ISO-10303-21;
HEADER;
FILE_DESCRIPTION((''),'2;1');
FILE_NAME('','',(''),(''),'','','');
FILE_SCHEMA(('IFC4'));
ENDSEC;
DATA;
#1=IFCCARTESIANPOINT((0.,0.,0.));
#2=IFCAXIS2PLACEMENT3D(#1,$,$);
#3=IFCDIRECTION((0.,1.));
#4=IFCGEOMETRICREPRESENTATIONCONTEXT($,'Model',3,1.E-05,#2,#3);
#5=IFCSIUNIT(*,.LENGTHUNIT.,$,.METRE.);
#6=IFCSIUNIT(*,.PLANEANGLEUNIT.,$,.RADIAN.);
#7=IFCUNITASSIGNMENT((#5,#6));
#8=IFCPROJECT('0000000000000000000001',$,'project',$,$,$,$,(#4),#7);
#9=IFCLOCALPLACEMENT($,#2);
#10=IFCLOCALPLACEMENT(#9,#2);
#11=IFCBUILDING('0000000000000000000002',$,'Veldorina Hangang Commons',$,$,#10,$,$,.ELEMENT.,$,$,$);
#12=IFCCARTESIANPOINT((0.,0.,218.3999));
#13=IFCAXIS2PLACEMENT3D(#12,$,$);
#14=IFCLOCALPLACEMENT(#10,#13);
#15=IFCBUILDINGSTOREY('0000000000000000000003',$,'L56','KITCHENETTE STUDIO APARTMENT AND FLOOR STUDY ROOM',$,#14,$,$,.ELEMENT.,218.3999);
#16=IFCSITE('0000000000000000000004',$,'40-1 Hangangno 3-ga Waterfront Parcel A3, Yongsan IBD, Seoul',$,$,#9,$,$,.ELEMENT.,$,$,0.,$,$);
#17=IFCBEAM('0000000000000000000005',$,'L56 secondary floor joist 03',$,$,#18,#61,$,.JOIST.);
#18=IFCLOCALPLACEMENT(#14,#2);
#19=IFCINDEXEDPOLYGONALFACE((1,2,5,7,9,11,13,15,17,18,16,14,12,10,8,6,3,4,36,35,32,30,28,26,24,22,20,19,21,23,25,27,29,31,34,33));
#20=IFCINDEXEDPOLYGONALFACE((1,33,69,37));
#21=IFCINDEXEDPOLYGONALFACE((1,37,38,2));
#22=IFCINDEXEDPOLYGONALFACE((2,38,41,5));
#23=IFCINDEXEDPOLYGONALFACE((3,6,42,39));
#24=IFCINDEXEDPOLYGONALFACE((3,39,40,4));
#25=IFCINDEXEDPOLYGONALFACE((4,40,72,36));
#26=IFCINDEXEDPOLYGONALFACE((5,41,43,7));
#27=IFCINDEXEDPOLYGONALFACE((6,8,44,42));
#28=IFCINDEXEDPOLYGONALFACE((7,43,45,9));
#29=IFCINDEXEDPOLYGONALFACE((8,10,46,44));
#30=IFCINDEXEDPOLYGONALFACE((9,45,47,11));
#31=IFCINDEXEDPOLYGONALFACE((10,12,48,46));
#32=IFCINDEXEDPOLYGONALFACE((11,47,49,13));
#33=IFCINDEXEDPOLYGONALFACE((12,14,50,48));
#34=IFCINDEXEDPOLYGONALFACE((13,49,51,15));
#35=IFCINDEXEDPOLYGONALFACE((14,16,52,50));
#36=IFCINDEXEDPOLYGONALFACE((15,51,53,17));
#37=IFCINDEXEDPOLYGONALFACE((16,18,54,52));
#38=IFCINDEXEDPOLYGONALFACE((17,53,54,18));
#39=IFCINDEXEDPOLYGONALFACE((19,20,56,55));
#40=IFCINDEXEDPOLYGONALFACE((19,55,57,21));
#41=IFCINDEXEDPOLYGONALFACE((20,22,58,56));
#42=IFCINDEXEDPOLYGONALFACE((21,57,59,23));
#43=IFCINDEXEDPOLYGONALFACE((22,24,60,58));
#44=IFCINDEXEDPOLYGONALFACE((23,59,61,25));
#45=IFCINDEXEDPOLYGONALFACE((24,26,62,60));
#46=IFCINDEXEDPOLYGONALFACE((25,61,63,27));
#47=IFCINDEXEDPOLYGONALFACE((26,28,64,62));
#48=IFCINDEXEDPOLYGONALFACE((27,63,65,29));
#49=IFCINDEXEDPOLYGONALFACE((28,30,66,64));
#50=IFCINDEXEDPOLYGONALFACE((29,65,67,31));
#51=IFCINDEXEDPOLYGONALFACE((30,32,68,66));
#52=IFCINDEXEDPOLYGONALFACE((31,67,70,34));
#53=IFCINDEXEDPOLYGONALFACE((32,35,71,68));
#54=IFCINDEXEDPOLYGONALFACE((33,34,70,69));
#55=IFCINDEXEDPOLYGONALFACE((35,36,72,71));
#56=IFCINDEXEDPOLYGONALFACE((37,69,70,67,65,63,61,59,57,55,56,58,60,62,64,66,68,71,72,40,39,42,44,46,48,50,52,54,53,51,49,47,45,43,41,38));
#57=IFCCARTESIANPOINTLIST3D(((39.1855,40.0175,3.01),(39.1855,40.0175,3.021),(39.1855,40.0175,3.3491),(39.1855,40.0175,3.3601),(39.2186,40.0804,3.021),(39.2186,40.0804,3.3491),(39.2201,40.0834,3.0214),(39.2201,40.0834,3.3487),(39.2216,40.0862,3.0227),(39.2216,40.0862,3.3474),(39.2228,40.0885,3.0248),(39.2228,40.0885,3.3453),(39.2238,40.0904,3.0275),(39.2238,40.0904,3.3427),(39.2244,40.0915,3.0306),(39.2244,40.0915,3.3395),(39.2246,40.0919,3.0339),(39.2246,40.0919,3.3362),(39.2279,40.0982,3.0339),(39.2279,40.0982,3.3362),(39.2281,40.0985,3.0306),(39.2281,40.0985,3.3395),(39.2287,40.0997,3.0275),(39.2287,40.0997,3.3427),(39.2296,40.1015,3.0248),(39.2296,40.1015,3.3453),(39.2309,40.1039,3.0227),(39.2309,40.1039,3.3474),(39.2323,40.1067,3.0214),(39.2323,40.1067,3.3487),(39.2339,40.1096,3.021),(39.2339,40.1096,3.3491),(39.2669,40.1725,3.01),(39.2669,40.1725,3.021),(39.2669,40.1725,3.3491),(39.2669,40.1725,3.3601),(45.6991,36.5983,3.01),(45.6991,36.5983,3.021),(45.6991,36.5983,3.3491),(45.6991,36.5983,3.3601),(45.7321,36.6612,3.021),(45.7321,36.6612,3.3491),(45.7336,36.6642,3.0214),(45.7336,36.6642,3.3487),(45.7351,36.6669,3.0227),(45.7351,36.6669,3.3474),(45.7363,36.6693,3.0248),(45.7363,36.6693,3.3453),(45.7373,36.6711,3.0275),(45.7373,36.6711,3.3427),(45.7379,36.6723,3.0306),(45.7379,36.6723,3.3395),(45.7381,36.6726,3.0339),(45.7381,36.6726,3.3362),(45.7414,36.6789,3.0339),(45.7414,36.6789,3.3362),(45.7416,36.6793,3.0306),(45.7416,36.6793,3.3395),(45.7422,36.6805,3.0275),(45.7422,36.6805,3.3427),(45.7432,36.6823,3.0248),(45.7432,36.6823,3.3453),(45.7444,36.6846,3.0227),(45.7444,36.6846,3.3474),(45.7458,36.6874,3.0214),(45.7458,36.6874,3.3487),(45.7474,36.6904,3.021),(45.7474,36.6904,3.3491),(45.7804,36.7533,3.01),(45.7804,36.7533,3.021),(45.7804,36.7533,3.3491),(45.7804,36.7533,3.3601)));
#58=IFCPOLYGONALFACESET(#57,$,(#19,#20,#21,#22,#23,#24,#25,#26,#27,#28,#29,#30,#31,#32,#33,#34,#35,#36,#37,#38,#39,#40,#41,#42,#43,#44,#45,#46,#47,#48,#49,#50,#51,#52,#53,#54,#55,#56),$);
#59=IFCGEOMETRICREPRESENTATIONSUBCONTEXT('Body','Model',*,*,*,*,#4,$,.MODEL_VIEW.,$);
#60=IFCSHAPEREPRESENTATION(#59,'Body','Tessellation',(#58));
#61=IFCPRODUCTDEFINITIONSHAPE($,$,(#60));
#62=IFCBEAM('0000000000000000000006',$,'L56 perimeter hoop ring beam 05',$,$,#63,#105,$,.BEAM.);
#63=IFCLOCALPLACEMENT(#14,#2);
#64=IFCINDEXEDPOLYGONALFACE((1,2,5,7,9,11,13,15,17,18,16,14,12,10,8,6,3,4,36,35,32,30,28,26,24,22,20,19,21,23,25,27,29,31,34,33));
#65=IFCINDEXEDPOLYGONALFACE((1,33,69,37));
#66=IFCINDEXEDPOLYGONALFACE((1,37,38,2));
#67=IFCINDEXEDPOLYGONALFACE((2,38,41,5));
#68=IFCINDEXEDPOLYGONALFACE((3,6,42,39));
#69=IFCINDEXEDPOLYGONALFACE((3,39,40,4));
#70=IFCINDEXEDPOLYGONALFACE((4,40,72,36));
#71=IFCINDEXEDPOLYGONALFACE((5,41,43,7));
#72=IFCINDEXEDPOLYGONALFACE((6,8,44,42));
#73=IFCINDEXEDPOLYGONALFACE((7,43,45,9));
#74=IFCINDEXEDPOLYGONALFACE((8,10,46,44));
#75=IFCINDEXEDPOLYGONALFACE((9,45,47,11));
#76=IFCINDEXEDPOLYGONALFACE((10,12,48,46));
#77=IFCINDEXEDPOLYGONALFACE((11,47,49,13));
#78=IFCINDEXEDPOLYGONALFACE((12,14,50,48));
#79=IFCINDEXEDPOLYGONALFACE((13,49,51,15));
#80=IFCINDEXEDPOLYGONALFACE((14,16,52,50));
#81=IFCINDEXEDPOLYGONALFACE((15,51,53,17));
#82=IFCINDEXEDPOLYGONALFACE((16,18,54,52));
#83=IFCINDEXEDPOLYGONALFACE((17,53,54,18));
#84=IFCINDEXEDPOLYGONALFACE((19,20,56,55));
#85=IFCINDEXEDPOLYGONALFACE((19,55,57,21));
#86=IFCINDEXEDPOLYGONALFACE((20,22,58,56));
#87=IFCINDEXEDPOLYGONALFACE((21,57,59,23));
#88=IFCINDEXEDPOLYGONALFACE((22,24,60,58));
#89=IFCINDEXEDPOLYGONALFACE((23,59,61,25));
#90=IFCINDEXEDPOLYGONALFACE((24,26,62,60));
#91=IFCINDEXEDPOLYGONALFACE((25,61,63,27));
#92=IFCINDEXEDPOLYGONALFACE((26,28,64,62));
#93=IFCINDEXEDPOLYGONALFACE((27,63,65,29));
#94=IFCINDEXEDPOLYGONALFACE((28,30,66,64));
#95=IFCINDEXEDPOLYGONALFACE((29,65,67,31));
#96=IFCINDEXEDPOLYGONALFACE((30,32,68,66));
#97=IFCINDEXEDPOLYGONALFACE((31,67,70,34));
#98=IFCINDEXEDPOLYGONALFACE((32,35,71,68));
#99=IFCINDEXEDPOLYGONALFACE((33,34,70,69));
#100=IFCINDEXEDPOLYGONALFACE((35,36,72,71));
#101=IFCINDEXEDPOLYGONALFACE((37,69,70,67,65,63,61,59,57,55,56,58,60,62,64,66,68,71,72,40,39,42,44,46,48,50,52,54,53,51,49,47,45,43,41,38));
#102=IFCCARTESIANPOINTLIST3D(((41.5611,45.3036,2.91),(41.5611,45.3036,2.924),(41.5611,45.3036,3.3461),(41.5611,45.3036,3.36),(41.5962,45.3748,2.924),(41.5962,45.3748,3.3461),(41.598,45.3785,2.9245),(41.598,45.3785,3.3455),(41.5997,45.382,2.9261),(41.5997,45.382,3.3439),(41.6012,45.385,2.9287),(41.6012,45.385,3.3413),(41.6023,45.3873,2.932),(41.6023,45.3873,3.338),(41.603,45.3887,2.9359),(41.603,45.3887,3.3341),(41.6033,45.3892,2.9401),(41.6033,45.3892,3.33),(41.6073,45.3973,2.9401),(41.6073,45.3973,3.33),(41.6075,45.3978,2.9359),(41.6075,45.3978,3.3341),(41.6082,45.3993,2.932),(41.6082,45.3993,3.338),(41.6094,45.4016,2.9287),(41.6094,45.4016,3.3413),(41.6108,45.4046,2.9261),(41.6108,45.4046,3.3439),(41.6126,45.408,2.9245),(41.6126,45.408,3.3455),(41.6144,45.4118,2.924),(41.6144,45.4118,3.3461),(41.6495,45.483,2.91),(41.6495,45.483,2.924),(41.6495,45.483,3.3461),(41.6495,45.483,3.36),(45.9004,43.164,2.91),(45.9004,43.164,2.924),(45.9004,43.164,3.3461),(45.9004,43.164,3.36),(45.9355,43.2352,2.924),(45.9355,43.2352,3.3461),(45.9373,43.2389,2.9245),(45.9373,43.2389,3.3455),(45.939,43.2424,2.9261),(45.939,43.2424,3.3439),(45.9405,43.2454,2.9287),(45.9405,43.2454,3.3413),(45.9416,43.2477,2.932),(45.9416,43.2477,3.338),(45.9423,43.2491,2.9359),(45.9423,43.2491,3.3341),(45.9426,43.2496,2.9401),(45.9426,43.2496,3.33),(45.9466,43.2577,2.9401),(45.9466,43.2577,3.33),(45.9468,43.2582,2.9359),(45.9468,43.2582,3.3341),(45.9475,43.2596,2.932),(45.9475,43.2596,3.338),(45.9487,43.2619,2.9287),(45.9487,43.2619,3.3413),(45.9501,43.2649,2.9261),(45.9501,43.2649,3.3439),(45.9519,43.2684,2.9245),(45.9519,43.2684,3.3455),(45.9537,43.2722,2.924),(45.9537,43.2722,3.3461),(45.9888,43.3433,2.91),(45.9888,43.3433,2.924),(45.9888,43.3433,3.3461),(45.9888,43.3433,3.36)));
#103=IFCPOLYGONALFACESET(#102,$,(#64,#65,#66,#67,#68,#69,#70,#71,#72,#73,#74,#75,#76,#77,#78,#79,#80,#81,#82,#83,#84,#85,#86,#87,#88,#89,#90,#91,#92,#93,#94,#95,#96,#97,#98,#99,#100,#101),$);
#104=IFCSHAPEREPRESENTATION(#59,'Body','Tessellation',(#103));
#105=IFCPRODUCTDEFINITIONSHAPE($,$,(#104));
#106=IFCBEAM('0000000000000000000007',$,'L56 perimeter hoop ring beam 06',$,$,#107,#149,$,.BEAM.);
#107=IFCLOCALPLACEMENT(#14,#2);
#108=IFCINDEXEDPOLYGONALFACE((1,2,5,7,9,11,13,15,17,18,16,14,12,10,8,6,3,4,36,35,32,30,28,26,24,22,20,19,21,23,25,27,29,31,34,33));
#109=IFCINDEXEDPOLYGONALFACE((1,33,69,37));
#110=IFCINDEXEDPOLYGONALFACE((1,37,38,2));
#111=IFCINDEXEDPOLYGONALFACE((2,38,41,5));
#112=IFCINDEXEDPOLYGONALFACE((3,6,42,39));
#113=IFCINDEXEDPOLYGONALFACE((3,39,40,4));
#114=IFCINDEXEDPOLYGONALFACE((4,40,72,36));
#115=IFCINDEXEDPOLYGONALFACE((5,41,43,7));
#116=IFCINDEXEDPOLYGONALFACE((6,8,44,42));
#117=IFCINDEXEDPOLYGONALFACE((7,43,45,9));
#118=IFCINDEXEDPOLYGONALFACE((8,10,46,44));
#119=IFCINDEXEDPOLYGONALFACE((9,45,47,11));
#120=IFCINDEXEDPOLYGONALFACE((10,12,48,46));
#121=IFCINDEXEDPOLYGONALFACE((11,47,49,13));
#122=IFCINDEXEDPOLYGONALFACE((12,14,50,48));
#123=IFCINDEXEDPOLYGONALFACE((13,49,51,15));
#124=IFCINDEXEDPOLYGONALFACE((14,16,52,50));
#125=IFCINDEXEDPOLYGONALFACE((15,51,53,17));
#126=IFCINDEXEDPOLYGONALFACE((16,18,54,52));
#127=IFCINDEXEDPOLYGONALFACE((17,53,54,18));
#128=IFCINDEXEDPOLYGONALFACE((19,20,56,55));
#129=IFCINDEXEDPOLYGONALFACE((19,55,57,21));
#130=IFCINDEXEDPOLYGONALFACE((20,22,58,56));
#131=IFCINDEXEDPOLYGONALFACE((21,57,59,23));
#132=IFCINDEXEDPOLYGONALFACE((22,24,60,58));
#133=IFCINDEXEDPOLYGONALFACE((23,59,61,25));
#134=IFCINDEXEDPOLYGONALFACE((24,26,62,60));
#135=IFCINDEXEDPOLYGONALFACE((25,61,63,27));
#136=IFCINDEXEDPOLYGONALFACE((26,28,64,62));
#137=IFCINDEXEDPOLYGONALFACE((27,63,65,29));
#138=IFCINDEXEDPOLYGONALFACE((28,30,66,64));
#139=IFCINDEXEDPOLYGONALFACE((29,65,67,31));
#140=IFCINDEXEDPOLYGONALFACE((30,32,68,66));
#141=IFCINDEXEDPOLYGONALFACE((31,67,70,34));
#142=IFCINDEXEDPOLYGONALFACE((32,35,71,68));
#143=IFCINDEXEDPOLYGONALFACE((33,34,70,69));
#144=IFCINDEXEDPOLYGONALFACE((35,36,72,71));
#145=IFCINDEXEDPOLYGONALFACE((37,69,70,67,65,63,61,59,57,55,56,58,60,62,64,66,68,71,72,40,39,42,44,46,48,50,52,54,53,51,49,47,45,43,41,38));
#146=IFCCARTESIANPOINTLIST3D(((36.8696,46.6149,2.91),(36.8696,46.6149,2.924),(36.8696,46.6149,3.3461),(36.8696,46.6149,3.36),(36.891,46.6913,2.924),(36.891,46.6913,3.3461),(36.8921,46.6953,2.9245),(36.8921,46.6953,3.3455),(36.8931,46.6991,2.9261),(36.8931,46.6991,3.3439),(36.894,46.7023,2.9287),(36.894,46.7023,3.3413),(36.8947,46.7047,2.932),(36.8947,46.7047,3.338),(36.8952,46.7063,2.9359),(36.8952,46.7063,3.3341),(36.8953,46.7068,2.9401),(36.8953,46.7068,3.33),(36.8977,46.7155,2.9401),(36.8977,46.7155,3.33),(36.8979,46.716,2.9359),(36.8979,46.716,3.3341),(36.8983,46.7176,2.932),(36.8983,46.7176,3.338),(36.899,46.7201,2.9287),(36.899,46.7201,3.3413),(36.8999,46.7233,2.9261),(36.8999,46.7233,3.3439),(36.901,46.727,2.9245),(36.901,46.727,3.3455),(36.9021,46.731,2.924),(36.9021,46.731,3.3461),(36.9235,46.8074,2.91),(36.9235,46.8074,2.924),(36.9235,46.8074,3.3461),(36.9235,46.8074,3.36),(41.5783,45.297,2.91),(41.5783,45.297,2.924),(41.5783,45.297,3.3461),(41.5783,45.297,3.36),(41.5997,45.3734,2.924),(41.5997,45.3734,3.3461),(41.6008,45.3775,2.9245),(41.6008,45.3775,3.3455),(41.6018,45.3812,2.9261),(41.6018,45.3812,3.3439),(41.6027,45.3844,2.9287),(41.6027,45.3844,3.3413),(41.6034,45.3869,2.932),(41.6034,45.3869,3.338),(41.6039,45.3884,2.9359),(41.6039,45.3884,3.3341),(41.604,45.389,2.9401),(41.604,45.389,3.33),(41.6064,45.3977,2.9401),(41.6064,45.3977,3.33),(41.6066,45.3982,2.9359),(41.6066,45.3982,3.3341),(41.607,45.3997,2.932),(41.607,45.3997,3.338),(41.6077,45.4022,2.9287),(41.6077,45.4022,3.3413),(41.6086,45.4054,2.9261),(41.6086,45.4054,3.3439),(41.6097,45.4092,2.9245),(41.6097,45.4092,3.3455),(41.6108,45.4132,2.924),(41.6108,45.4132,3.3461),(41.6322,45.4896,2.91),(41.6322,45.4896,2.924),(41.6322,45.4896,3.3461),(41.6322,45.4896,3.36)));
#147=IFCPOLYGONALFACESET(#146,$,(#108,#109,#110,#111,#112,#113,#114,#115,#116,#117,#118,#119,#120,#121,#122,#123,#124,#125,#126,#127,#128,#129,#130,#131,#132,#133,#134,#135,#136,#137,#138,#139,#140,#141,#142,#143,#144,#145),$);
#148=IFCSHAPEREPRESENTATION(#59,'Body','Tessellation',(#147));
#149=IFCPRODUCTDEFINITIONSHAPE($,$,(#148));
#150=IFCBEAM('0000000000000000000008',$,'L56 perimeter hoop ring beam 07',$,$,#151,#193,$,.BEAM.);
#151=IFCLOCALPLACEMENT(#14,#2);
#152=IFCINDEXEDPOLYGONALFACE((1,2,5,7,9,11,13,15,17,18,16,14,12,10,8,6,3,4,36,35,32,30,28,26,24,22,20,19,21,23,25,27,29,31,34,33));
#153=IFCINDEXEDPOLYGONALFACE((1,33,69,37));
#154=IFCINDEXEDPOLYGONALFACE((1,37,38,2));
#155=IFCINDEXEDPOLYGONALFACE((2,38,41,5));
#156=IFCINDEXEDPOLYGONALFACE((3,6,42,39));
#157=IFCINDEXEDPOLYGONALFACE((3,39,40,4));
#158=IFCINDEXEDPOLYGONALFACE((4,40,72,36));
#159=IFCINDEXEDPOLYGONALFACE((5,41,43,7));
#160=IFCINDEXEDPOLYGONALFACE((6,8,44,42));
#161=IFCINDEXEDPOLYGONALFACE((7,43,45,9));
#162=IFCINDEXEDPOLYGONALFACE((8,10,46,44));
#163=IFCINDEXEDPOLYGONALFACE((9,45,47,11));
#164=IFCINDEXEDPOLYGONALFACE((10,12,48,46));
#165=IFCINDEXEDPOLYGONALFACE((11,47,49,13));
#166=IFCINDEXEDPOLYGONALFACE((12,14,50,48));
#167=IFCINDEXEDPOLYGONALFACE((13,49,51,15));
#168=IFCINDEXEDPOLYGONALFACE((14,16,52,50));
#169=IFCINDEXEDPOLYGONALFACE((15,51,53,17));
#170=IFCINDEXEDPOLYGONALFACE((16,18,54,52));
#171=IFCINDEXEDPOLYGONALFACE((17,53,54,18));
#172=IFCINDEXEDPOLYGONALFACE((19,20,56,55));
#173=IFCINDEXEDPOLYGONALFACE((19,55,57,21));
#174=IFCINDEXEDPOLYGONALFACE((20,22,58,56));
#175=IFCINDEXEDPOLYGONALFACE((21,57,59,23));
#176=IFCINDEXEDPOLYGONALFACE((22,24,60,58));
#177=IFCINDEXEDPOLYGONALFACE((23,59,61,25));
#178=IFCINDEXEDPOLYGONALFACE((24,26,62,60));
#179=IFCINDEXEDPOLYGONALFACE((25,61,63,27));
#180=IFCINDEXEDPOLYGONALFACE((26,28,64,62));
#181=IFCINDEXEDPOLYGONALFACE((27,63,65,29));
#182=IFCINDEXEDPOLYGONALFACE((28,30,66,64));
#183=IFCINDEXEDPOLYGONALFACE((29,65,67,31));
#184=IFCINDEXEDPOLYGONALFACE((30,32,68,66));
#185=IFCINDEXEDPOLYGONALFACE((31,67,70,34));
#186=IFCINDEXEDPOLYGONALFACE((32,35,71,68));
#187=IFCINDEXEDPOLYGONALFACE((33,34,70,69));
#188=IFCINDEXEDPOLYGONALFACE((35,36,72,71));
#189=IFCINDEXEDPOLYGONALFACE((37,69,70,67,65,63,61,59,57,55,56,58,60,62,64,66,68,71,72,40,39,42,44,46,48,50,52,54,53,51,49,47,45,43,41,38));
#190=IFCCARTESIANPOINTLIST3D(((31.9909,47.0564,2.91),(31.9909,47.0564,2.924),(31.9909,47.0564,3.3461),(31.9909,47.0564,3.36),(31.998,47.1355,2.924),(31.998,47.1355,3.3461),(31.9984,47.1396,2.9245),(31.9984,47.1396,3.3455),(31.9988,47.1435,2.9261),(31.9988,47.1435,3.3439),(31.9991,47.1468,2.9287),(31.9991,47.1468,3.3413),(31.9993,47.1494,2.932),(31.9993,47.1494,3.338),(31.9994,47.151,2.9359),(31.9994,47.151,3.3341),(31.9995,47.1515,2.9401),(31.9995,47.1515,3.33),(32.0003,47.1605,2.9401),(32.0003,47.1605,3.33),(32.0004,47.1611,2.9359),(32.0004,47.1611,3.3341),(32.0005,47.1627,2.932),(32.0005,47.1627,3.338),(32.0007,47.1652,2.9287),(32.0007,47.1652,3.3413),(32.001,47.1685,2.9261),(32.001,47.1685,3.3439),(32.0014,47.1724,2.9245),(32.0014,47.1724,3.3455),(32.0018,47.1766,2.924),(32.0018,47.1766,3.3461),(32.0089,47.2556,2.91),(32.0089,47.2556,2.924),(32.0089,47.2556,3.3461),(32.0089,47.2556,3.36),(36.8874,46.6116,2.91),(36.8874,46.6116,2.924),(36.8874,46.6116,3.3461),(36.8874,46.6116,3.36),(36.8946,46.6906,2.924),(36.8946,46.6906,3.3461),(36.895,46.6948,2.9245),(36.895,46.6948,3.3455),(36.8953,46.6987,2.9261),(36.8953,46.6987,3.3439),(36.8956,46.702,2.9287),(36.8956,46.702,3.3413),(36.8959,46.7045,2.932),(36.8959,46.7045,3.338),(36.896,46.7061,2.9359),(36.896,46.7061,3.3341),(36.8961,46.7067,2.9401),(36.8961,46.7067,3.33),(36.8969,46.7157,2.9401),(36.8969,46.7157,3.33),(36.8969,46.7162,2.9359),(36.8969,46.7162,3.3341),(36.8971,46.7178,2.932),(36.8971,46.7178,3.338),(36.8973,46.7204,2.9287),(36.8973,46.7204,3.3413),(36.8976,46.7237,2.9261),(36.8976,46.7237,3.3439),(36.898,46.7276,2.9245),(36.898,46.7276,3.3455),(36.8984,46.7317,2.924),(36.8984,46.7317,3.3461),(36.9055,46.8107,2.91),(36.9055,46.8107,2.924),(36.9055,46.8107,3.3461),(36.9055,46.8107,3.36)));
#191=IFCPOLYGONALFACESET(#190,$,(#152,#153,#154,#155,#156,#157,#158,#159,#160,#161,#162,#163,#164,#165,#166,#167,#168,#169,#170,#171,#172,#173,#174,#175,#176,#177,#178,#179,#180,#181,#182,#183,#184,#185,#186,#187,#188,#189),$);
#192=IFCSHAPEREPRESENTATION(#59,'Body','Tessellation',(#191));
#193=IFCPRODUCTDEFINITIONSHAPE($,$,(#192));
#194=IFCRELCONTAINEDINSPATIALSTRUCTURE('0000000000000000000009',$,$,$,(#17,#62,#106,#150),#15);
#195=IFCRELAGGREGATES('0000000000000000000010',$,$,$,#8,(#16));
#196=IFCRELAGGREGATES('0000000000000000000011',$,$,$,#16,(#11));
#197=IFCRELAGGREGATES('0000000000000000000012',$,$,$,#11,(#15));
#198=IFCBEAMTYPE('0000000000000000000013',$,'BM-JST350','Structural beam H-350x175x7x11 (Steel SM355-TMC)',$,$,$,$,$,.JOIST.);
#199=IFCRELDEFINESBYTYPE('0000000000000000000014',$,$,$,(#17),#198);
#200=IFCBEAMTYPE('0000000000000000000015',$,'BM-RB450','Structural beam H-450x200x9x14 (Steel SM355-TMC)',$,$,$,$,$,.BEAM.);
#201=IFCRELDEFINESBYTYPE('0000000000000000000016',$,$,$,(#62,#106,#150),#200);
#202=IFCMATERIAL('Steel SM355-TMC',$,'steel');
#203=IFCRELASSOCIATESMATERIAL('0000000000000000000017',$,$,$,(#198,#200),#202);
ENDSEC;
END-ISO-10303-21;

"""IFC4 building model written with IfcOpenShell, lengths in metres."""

from ifc_helpers import new_model, si_unit, direction, frame, origin, origin_2d, place, context, subcontext, project, spatial, i_section, extrude, material, material_profile, profile_set, type_object, element, save


model = new_model("IFC4")

# Units and contexts
model_context = context("Model", 3, precision=1e-05, world=origin(), true_north=direction((0.0, 1.0)))
body_context = subcontext(model_context, "Body", "Model", "MODEL_VIEW")
ifc_project = project(units=[si_unit("LENGTHUNIT", "METRE"), si_unit("PLANEANGLEUNIT", "RADIAN")], contexts=[model_context])

# Site, building, storey
site_placement = place(None, origin())
site = spatial("IfcSite", under=ifc_project, at=site_placement, Name="40-1 Hangangno 3-ga Waterfront Parcel A3, Yongsan IBD, Seoul", CompositionType="ELEMENT", RefElevation=0.0)
building_placement = place(site_placement, origin())
building = spatial("IfcBuilding", under=site, at=building_placement, Name="Veldorina Hangang Commons", CompositionType="ELEMENT")
storey_placement = place(building_placement, frame((0.0, 0.0, 218.3999)))
storey = spatial("IfcBuildingStorey", under=building, at=storey_placement, Name="L56", Description="KITCHENETTE STUDIO APARTMENT AND FLOOR STUDY ROOM", CompositionType="ELEMENT", Elevation=218.3999)

# Beams
ifc_material_1 = material(Name="Steel SM355-TMC", Category="steel")
ifc_material_profile_1 = material_profile(ifc_material_1, i_section(OverallWidth=0.175, OverallDepth=0.3501, WebThickness=0.0071, FlangeThickness=0.011, FilletRadius=0.0129, at=origin_2d()), Name="H-350x175x7x11")
ifc_profile_set_1 = profile_set([ifc_material_profile_1], Name="Steel SM355-TMC")
beam_type_1 = type_object("IfcBeamType", Name="BM-JST350", Description="Structural beam H-350x175x7x11 (Steel SM355-TMC)", PredefinedType="JOIST", material=ifc_profile_set_1)
beam_1_placement = place(storey_placement, frame((45.7397, 36.6758, 3.1851), z_axis=(-0.885418, 0.464796, 0.0), x_axis=(-0.464796, -0.885418, 0.0)))
element("IfcBeam", 1, at=beam_1_placement, inside=storey, type_object=beam_type_1, Name="L56 secondary floor joist 03", PredefinedType="JOIST", context=body_context, shape_type="SweptSolid", body=[
    extrude(i_section(OverallWidth=0.175, OverallDepth=0.3501, WebThickness=0.0071, FlangeThickness=0.011, FilletRadius=0.0129, at=origin_2d()), origin(), (0.0, 0.0, 1.0), 7.3564),
])
ifc_material_profile_2 = material_profile(ifc_material_1, i_section(OverallWidth=0.2, OverallDepth=0.45, WebThickness=0.009, FlangeThickness=0.0139, FilletRadius=0.0161, at=origin_2d()), Name="H-450x200x9x14")
ifc_profile_set_2 = profile_set([ifc_material_profile_2], Name="Steel SM355-TMC")
beam_type_2 = type_object("IfcBeamType", Name="BM-RB450", Description="Structural beam H-450x200x9x14 (Steel SM355-TMC)", PredefinedType="BEAM", material=ifc_profile_set_2)
beam_2_placement = place(storey_placement, frame((45.9446, 43.2537, 3.135), z_axis=(-0.896896, 0.442241, 0.0), x_axis=(-0.442241, -0.896896, 0.0)))
element("IfcBeam", 2, at=beam_2_placement, inside=storey, type_object=beam_type_2, Name="L56 perimeter hoop ring beam 05", PredefinedType="BEAM", context=body_context, shape_type="SweptSolid", body=[
    extrude(i_section(OverallWidth=0.2, OverallDepth=0.45, WebThickness=0.009, FlangeThickness=0.0139, FilletRadius=0.0161, at=origin_2d()), origin(), (0.0, 0.0, 1.0), 4.8381),
])
beam_3_placement = place(storey_placement, frame((41.6052, 45.3933, 3.135), z_axis=(-0.962995, 0.269521, 0.0), x_axis=(-0.269521, -0.962995, 0.0)))
element("IfcBeam", 3, at=beam_3_placement, inside=storey, type_object=beam_type_2, Name="L56 perimeter hoop ring beam 06", PredefinedType="BEAM", context=body_context, shape_type="SweptSolid", body=[
    extrude(i_section(OverallWidth=0.2, OverallDepth=0.45, WebThickness=0.009, FlangeThickness=0.0139, FilletRadius=0.0161, at=origin_2d()), origin(), (0.0, 0.0, 1.0), 4.8896),
])
beam_4_placement = place(storey_placement, frame((36.8965, 46.7112, 3.135), z_axis=(-0.995899, 0.090473, 0.0), x_axis=(-0.090473, -0.995899, 0.0)))
element("IfcBeam", 4, at=beam_4_placement, inside=storey, type_object=beam_type_2, Name="L56 perimeter hoop ring beam 07", PredefinedType="BEAM", context=body_context, shape_type="SweptSolid", body=[
    extrude(i_section(OverallWidth=0.2, OverallDepth=0.45, WebThickness=0.009, FlangeThickness=0.0139, FilletRadius=0.0161, at=origin_2d()), origin(), (0.0, 0.0, 1.0), 4.9167),
])

save(model, "model.ifc")
